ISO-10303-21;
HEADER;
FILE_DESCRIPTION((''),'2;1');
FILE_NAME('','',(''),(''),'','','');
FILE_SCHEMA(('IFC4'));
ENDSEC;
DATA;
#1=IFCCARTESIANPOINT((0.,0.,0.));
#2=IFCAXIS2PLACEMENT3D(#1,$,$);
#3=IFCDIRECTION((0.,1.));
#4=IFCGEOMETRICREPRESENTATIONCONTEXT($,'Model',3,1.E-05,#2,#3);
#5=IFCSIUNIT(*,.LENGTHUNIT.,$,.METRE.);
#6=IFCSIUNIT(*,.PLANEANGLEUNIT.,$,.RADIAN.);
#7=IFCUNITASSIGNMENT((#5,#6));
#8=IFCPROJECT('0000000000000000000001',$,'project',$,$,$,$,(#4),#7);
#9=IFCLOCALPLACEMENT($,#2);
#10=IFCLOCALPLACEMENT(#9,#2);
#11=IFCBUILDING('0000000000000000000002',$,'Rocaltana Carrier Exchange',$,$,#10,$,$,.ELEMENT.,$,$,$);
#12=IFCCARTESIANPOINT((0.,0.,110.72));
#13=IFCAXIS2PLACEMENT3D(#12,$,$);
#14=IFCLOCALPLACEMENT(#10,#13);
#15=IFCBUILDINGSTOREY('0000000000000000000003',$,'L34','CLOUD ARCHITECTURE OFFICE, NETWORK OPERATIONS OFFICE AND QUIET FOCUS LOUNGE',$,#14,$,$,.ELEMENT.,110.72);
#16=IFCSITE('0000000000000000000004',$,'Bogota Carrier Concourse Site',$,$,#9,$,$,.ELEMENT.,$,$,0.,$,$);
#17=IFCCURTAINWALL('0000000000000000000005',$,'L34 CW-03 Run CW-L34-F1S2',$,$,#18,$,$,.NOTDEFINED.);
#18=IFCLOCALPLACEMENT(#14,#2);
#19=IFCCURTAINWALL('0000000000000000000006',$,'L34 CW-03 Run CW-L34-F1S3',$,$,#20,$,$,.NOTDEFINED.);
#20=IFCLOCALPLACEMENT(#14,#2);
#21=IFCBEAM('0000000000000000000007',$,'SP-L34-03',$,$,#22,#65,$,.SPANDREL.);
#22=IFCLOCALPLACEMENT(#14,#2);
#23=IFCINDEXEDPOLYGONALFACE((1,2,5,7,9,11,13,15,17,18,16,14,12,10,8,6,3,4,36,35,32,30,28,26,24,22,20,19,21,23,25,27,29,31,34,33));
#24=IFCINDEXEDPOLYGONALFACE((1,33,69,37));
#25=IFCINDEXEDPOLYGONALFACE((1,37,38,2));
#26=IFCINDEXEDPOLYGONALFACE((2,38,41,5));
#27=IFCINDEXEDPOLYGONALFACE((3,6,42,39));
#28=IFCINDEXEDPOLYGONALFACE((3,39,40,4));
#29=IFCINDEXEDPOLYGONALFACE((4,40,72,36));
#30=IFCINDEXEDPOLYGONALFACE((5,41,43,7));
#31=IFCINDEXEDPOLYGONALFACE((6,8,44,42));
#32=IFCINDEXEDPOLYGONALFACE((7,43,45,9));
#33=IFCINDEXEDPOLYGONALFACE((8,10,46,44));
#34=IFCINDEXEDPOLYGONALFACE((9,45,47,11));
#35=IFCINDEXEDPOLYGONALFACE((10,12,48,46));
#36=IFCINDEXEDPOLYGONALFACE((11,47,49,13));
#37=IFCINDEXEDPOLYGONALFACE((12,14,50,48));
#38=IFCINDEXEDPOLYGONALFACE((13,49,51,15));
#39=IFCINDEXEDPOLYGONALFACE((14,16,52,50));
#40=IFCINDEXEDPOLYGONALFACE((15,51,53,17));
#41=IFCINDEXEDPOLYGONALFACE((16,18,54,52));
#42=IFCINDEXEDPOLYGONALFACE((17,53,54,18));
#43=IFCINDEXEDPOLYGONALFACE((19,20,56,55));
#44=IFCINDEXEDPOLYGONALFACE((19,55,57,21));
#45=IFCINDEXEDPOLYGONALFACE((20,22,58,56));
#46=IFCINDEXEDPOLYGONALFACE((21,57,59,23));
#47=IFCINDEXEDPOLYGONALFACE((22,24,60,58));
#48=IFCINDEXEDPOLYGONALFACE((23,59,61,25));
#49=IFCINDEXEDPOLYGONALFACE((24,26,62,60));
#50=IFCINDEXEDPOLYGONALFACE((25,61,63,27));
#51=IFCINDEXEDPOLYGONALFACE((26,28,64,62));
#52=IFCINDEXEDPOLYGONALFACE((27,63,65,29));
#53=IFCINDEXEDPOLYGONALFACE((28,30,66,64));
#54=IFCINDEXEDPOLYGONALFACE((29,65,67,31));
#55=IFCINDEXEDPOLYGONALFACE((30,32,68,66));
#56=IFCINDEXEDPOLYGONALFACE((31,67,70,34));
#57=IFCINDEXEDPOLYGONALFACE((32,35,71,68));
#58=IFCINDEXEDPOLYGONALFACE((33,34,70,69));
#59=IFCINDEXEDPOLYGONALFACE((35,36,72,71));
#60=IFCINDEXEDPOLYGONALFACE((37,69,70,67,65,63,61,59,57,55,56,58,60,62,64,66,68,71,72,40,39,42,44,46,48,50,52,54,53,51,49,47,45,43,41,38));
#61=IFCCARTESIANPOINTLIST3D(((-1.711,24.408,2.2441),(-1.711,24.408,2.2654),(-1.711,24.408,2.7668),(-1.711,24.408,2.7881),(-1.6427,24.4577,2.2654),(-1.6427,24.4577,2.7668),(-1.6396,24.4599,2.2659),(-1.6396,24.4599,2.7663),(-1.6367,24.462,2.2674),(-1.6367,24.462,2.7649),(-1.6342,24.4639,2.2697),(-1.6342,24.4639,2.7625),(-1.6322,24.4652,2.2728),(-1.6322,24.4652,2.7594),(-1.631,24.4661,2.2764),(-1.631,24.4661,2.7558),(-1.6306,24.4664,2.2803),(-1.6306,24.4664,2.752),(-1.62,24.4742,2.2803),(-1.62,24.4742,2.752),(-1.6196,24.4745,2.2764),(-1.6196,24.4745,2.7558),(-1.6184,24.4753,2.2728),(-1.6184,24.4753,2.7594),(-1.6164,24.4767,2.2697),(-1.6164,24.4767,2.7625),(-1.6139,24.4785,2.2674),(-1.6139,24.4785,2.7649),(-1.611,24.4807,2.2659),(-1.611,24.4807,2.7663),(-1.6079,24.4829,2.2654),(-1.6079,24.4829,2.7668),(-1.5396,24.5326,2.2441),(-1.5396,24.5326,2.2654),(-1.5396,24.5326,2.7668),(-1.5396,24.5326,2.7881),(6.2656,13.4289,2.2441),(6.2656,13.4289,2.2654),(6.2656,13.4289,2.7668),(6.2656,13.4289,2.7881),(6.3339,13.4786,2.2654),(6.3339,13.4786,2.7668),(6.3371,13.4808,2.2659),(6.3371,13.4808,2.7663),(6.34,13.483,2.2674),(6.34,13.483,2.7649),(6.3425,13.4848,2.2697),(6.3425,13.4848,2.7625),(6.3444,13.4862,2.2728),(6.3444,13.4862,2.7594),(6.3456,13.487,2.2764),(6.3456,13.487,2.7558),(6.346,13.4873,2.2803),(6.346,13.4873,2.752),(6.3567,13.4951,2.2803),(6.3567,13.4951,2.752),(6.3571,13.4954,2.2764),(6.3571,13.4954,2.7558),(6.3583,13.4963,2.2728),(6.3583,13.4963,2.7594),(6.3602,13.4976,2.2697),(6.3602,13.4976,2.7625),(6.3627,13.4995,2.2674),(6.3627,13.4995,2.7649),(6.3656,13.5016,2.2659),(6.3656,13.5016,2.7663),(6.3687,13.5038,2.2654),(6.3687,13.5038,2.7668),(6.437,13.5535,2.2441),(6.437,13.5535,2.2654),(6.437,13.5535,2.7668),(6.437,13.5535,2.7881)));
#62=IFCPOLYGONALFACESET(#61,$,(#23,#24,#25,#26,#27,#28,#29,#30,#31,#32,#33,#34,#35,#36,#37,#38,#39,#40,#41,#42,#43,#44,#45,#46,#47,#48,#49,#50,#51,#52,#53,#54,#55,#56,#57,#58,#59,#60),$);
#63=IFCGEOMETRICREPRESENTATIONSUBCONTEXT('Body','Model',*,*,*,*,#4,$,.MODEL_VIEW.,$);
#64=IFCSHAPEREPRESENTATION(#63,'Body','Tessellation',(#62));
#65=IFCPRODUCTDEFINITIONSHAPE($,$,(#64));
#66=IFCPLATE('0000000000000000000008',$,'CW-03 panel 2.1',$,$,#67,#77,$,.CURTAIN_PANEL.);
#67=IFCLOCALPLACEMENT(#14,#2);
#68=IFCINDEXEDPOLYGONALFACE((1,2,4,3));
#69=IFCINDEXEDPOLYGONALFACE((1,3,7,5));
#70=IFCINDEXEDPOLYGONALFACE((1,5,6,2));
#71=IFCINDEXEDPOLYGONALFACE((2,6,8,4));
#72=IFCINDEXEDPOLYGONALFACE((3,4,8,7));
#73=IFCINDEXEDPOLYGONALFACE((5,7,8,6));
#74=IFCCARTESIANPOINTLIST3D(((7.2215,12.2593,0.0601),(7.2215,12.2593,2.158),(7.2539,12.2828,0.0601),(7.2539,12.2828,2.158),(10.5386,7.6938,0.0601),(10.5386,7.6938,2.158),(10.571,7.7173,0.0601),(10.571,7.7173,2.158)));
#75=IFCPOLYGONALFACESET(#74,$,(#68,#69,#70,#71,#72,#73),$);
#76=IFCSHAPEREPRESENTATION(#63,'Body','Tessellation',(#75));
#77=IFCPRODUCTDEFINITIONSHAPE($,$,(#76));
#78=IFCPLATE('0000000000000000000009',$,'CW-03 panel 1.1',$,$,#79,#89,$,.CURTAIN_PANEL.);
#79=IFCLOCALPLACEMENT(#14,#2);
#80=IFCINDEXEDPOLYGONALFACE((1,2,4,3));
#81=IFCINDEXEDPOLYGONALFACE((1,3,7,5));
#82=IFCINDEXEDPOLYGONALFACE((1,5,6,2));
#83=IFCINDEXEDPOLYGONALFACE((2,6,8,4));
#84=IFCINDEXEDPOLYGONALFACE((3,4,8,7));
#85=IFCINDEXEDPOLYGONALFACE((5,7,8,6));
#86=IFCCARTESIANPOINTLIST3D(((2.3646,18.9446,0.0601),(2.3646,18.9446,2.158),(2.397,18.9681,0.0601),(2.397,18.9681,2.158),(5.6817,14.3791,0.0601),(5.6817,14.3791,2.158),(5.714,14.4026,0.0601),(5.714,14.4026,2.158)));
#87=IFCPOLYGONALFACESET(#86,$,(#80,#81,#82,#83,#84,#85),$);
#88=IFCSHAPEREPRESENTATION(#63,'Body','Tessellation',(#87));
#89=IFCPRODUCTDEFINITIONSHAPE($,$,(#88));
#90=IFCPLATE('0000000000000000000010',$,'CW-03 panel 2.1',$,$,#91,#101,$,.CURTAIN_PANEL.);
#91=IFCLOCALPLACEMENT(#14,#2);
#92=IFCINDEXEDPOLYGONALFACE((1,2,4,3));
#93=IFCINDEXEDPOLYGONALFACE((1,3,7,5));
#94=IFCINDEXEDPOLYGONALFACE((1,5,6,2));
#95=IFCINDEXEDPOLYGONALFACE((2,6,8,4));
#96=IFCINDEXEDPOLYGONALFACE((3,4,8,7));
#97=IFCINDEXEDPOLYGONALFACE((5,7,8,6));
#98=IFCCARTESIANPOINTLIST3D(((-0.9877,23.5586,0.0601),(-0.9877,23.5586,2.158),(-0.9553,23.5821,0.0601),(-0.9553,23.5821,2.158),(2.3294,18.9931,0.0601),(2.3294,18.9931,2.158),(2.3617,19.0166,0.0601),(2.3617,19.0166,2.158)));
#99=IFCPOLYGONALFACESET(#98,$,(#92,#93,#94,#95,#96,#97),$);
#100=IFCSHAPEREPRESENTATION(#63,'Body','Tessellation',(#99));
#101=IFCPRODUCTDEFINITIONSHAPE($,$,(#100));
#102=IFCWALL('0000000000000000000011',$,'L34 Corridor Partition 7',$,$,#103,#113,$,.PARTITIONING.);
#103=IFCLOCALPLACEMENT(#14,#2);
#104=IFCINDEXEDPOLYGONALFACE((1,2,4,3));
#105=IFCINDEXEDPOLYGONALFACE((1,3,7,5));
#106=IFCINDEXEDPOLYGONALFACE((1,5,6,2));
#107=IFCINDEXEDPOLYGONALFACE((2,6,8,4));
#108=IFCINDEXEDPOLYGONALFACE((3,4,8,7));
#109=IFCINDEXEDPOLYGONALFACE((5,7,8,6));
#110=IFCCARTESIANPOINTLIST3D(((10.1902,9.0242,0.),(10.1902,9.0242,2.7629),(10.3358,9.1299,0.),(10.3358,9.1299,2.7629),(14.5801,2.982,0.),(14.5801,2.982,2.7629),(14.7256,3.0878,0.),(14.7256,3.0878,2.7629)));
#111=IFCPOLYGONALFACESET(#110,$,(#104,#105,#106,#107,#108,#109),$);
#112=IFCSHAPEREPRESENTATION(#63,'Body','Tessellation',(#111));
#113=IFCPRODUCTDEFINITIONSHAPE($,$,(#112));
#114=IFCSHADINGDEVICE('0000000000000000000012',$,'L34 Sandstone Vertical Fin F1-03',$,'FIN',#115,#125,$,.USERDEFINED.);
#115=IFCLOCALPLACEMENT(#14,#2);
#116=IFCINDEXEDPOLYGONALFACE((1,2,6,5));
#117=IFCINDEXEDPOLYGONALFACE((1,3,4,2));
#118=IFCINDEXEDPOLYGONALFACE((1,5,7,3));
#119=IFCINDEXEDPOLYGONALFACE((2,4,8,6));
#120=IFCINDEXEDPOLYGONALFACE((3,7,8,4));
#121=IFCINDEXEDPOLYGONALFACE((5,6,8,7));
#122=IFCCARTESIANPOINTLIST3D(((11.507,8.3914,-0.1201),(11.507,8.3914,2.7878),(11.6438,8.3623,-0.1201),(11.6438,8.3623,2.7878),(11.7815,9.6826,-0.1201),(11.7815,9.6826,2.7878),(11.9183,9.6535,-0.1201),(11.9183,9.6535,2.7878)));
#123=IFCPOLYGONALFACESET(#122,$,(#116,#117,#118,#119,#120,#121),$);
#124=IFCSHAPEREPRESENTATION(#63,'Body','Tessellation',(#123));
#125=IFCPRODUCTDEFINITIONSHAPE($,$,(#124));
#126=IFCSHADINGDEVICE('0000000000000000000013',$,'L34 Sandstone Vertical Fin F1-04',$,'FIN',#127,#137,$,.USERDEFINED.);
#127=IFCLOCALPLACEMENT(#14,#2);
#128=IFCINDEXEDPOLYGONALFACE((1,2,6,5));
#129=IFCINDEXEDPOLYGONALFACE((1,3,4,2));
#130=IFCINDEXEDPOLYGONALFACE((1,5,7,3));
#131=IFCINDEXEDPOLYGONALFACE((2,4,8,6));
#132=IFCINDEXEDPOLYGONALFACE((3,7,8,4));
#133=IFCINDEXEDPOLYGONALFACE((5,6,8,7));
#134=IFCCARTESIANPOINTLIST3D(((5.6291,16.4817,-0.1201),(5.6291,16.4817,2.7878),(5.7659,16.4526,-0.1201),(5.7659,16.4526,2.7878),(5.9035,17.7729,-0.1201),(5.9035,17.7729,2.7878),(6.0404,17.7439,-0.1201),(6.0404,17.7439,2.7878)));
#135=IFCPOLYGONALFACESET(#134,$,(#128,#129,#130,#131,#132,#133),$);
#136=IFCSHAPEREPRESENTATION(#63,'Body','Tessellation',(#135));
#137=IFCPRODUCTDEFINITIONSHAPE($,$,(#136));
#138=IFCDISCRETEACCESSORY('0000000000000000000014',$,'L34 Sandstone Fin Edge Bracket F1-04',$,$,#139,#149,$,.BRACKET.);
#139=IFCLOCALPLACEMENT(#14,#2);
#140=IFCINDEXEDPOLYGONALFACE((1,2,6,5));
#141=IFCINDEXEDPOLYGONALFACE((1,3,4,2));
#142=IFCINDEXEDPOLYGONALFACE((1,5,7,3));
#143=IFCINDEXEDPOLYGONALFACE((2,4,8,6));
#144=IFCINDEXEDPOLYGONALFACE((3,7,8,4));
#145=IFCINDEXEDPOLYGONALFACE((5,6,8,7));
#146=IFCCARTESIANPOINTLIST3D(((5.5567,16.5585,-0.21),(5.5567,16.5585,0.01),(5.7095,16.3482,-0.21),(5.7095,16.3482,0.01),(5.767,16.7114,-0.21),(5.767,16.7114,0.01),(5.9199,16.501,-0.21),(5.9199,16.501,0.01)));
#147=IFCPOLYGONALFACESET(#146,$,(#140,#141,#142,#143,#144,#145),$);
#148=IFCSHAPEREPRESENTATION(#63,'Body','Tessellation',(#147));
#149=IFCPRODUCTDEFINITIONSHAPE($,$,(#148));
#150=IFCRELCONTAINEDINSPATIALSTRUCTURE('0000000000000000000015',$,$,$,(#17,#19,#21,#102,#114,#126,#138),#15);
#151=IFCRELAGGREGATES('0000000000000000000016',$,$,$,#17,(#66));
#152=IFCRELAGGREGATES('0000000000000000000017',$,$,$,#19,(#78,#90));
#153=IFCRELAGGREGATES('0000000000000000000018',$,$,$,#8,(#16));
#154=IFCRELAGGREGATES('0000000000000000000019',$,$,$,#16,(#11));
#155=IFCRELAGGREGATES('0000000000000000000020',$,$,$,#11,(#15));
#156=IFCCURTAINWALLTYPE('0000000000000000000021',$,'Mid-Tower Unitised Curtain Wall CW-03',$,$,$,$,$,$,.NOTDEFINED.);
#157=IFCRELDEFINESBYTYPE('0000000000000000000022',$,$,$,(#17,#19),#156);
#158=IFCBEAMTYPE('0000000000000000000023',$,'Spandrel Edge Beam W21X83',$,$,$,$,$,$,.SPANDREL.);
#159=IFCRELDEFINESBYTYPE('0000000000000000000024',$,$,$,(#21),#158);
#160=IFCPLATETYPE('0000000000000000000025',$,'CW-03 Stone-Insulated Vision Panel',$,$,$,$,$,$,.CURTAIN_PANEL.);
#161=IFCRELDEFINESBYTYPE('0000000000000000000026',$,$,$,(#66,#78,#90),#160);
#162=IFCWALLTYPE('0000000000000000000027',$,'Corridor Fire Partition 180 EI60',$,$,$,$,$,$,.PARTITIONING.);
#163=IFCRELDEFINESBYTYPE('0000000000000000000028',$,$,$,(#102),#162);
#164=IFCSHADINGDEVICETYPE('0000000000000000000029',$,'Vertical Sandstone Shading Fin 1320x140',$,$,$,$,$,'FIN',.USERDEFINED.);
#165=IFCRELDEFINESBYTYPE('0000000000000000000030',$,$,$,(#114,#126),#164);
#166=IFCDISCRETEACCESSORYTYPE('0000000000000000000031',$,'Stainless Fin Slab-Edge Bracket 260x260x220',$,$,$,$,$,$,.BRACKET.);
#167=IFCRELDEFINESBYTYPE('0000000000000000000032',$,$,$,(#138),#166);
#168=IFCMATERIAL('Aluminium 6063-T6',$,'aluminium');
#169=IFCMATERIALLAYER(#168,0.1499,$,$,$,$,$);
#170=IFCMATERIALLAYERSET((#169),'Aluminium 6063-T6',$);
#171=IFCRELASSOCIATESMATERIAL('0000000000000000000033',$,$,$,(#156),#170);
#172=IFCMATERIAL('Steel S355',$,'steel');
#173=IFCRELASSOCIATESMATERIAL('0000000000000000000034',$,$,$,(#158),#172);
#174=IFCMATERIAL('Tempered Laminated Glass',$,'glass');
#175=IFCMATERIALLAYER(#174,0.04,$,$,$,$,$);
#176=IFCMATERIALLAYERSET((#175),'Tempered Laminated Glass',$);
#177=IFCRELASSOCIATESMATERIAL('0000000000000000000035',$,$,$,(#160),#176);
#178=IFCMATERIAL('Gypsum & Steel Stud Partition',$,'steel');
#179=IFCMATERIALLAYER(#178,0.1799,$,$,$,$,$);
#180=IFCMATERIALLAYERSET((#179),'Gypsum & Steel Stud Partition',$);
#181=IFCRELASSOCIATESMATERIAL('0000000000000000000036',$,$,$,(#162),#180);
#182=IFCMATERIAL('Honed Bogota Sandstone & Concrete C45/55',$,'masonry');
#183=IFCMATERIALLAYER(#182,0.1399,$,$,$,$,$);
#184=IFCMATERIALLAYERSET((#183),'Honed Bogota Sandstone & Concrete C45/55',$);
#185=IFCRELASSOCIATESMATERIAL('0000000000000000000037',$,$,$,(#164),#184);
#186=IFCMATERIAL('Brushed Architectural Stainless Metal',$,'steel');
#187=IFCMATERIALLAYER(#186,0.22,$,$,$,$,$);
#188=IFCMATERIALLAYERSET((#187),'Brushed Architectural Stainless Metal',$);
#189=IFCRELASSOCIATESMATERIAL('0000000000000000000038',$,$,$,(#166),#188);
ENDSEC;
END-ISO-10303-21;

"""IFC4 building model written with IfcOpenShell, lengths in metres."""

from ifc_helpers import new_model, si_unit, direction, frame, frame_2d, origin, origin_2d, place, context, subcontext, project, spatial, rectangle, i_section, extrude, material, layer, layer_set, material_profile, profile_set, type_object, element, aggregate, save


model = new_model("IFC4")

# Units and contexts
model_context = context("Model", 3, precision=1e-05, world=origin(), true_north=direction((0.0, 1.0)))
body_context = subcontext(model_context, "Body", "Model", "MODEL_VIEW")
ifc_project = project(units=[si_unit("LENGTHUNIT", "METRE"), si_unit("PLANEANGLEUNIT", "RADIAN")], contexts=[model_context])

# Site, building, storey
site_placement = place(None, origin())
site = spatial("IfcSite", under=ifc_project, at=site_placement, Name="Bogota Carrier Concourse Site", CompositionType="ELEMENT", RefElevation=0.0)
building_placement = place(site_placement, origin())
building = spatial("IfcBuilding", under=site, at=building_placement, Name="Rocaltana Carrier Exchange", CompositionType="ELEMENT")
storey_placement = place(building_placement, frame((0.0, 0.0, 110.72)))
storey = spatial("IfcBuildingStorey", under=building, at=storey_placement, Name="L34", Description="CLOUD ARCHITECTURE OFFICE, NETWORK OPERATIONS OFFICE AND QUIET FOCUS LOUNGE", CompositionType="ELEMENT", Elevation=110.72)

# Curtain wall
ifc_material_1 = material(Name="Aluminium 6063-T6", Category="aluminium")
ifc_layer_1 = layer(ifc_material_1, 0.1499)
ifc_layer_set_1 = layer_set([ifc_layer_1], Name="Aluminium 6063-T6")
curtain_wall_type = type_object("IfcCurtainWallType", Name="Mid-Tower Unitised Curtain Wall CW-03", PredefinedType="NOTDEFINED", material=ifc_layer_set_1)
curtain_wall_1_placement = place(storey_placement, origin())
curtain_wall_1 = element("IfcCurtainWall", 1, at=curtain_wall_1_placement, inside=storey, type_object=curtain_wall_type, Name="L34 CW-03 Run CW-L34-F1S2", PredefinedType="NOTDEFINED")

# Curtain wall
curtain_wall_2_placement = place(storey_placement, origin())
curtain_wall_2 = element("IfcCurtainWall", 2, at=curtain_wall_2_placement, inside=storey, type_object=curtain_wall_type, Name="L34 CW-03 Run CW-L34-F1S3", PredefinedType="NOTDEFINED")

# Beam
ifc_material_2 = material(Name="Steel S355", Category="steel")
ifc_material_profile_1 = material_profile(ifc_material_2, i_section(OverallWidth=0.2119, OverallDepth=0.5439, WebThickness=0.0132, FlangeThickness=0.0212, FilletRadius=0.0149, at=origin_2d()), Name="W21X83")
ifc_profile_set_1 = profile_set([ifc_material_profile_1], Name="Steel S355")
beam_type_1 = type_object("IfcBeamType", Name="Spandrel Edge Beam W21X83", PredefinedType="SPANDREL", material=ifc_profile_set_1)
beam_1_placement = place(storey_placement, frame((6.3513, 13.4912, 2.5161), z_axis=(-0.587778, 0.809022, 0.0), x_axis=(-0.809022, -0.587778, 0.0)))
element("IfcBeam", 3, at=beam_1_placement, inside=storey, type_object=beam_type_1, Name="SP-L34-03", PredefinedType="SPANDREL", context=body_context, shape_type="SweptSolid", body=[
    extrude(i_section(OverallWidth=0.2119, OverallDepth=0.5439, WebThickness=0.0132, FlangeThickness=0.0212, FilletRadius=0.0149, at=origin_2d()), origin(), (0.0, 0.0, 1.0), 13.5708),
])

# Plates
ifc_material_3 = material(Name="Tempered Laminated Glass", Category="glass")
ifc_layer_2 = layer(ifc_material_3, 0.04)
ifc_layer_set_2 = layer_set([ifc_layer_2], Name="Tempered Laminated Glass")
plate_type = type_object("IfcPlateType", Name="CW-03 Stone-Insulated Vision Panel", PredefinedType="CURTAIN_PANEL", material=ifc_layer_set_2)
plate_1_placement = place(storey_placement, frame((8.8962, 9.9883, 0.0601), z_axis=(0.0, 0.0, 1.0), x_axis=(-0.58779, 0.809014, 0.0)))
plate_1 = element("IfcPlate", 4, at=plate_1_placement, type_object=plate_type, Name="CW-03 panel 2.1", PredefinedType="CURTAIN_PANEL", context=body_context, shape_type="SweptSolid", body=[
    extrude(rectangle(XDim=5.6433, YDim=0.04, at=origin_2d()), origin(), (0.0, 0.0, 1.0), 2.0979),
])
aggregate(curtain_wall_1, [plate_1])
plate_2_placement = place(storey_placement, frame((4.0393, 16.6736, 0.0601), z_axis=(0.0, 0.0, 1.0), x_axis=(-0.58779, 0.809014, 0.0)))
plate_2 = element("IfcPlate", 5, at=plate_2_placement, type_object=plate_type, Name="CW-03 panel 1.1", PredefinedType="CURTAIN_PANEL", context=body_context, shape_type="SweptSolid", body=[
    extrude(rectangle(XDim=5.6433, YDim=0.04, at=origin_2d()), origin(), (0.0, 0.0, 1.0), 2.0979),
])
plate_3_placement = place(storey_placement, frame((0.687, 21.2876, 0.0601), z_axis=(0.0, 0.0, 1.0), x_axis=(-0.58779, 0.809014, 0.0)))
plate_3 = element("IfcPlate", 6, at=plate_3_placement, type_object=plate_type, Name="CW-03 panel 2.1", PredefinedType="CURTAIN_PANEL", context=body_context, shape_type="SweptSolid", body=[
    extrude(rectangle(XDim=5.6433, YDim=0.04, at=origin_2d()), origin(), (0.0, 0.0, 1.0), 2.0979),
])
aggregate(curtain_wall_2, [plate_2, plate_3])

# Wall
ifc_material_4 = material(Name="Gypsum & Steel Stud Partition", Category="steel")
ifc_layer_3 = layer(ifc_material_4, 0.1799)
ifc_layer_set_3 = layer_set([ifc_layer_3], Name="Gypsum & Steel Stud Partition")
wall_type = type_object("IfcWallType", Name="Corridor Fire Partition 180 EI60", PredefinedType="PARTITIONING", material=ifc_layer_set_3)
wall_placement = place(storey_placement, frame((10.2629, 9.0771, 0.0), z_axis=(0.0, 0.0, 1.0), x_axis=(0.587781, -0.80902, 0.0)))
element("IfcWall", 7, at=wall_placement, inside=storey, type_object=wall_type, Name="L34 Corridor Partition 7", PredefinedType="PARTITIONING", context=body_context, shape_type="SweptSolid", body=[
    extrude(rectangle(XDim=7.4685, YDim=0.1799, at=frame_2d((3.7344, 0.0))), origin(), (0.0, 0.0, 1.0), 2.7629),
])

# Shading devices
ifc_material_5 = material(Name="Honed Bogota Sandstone & Concrete C45/55", Category="masonry")
ifc_layer_4 = layer(ifc_material_5, 0.1399)
ifc_layer_set_4 = layer_set([ifc_layer_4], Name="Honed Bogota Sandstone & Concrete C45/55")
shading_device_type = type_object("IfcShadingDeviceType", Name="Vertical Sandstone Shading Fin 1320x140", ElementType="FIN", PredefinedType="USERDEFINED", material=ifc_layer_set_4)
for number, where, z_axis, x_axis, name in (
    (8, (11.7126, 9.0225, -0.1201), (0.0, 0.0, 1.0), (0.207912, 0.978148, 0.0), "L34 Sandstone Vertical Fin F1-03"),
    (9, (5.8347, 17.1128, -0.1201), (0.0, 0.0, 1.0), (0.207912, 0.978148, 0.0), "L34 Sandstone Vertical Fin F1-04"),
):
    element("IfcShadingDevice", number, at=place(storey_placement, frame(where, z_axis=z_axis, x_axis=x_axis)), inside=storey, type_object=shading_device_type, Name=name, ObjectType="FIN", PredefinedType="USERDEFINED", context=body_context, shape_type="SweptSolid", body=[
        extrude(rectangle(XDim=1.3201, YDim=0.1399, at=origin_2d()), origin(), (0.0, 0.0, 1.0), 2.908),
    ])

# Discrete accessory
ifc_material_6 = material(Name="Brushed Architectural Stainless Metal", Category="steel")
ifc_layer_5 = layer(ifc_material_6, 0.22)
ifc_layer_set_5 = layer_set([ifc_layer_5], Name="Brushed Architectural Stainless Metal")
discrete_accessory_type = type_object("IfcDiscreteAccessoryType", Name="Stainless Fin Slab-Edge Bracket 260x260x220", PredefinedType="BRACKET", material=ifc_layer_set_5)
discrete_accessory_placement = place(storey_placement, frame((5.7383, 16.5298, -0.21), z_axis=(0.0, 0.0, 1.0), x_axis=(-0.587785, 0.809017, 0.0)))
element("IfcDiscreteAccessory", 10, at=discrete_accessory_placement, inside=storey, type_object=discrete_accessory_type, Name="L34 Sandstone Fin Edge Bracket F1-04", PredefinedType="BRACKET", context=body_context, shape_type="SweptSolid", body=[
    extrude(rectangle(XDim=0.26, YDim=0.26, at=origin_2d()), origin(), (0.0, 0.0, 1.0), 0.22),
])

save(model, "model.ifc")
